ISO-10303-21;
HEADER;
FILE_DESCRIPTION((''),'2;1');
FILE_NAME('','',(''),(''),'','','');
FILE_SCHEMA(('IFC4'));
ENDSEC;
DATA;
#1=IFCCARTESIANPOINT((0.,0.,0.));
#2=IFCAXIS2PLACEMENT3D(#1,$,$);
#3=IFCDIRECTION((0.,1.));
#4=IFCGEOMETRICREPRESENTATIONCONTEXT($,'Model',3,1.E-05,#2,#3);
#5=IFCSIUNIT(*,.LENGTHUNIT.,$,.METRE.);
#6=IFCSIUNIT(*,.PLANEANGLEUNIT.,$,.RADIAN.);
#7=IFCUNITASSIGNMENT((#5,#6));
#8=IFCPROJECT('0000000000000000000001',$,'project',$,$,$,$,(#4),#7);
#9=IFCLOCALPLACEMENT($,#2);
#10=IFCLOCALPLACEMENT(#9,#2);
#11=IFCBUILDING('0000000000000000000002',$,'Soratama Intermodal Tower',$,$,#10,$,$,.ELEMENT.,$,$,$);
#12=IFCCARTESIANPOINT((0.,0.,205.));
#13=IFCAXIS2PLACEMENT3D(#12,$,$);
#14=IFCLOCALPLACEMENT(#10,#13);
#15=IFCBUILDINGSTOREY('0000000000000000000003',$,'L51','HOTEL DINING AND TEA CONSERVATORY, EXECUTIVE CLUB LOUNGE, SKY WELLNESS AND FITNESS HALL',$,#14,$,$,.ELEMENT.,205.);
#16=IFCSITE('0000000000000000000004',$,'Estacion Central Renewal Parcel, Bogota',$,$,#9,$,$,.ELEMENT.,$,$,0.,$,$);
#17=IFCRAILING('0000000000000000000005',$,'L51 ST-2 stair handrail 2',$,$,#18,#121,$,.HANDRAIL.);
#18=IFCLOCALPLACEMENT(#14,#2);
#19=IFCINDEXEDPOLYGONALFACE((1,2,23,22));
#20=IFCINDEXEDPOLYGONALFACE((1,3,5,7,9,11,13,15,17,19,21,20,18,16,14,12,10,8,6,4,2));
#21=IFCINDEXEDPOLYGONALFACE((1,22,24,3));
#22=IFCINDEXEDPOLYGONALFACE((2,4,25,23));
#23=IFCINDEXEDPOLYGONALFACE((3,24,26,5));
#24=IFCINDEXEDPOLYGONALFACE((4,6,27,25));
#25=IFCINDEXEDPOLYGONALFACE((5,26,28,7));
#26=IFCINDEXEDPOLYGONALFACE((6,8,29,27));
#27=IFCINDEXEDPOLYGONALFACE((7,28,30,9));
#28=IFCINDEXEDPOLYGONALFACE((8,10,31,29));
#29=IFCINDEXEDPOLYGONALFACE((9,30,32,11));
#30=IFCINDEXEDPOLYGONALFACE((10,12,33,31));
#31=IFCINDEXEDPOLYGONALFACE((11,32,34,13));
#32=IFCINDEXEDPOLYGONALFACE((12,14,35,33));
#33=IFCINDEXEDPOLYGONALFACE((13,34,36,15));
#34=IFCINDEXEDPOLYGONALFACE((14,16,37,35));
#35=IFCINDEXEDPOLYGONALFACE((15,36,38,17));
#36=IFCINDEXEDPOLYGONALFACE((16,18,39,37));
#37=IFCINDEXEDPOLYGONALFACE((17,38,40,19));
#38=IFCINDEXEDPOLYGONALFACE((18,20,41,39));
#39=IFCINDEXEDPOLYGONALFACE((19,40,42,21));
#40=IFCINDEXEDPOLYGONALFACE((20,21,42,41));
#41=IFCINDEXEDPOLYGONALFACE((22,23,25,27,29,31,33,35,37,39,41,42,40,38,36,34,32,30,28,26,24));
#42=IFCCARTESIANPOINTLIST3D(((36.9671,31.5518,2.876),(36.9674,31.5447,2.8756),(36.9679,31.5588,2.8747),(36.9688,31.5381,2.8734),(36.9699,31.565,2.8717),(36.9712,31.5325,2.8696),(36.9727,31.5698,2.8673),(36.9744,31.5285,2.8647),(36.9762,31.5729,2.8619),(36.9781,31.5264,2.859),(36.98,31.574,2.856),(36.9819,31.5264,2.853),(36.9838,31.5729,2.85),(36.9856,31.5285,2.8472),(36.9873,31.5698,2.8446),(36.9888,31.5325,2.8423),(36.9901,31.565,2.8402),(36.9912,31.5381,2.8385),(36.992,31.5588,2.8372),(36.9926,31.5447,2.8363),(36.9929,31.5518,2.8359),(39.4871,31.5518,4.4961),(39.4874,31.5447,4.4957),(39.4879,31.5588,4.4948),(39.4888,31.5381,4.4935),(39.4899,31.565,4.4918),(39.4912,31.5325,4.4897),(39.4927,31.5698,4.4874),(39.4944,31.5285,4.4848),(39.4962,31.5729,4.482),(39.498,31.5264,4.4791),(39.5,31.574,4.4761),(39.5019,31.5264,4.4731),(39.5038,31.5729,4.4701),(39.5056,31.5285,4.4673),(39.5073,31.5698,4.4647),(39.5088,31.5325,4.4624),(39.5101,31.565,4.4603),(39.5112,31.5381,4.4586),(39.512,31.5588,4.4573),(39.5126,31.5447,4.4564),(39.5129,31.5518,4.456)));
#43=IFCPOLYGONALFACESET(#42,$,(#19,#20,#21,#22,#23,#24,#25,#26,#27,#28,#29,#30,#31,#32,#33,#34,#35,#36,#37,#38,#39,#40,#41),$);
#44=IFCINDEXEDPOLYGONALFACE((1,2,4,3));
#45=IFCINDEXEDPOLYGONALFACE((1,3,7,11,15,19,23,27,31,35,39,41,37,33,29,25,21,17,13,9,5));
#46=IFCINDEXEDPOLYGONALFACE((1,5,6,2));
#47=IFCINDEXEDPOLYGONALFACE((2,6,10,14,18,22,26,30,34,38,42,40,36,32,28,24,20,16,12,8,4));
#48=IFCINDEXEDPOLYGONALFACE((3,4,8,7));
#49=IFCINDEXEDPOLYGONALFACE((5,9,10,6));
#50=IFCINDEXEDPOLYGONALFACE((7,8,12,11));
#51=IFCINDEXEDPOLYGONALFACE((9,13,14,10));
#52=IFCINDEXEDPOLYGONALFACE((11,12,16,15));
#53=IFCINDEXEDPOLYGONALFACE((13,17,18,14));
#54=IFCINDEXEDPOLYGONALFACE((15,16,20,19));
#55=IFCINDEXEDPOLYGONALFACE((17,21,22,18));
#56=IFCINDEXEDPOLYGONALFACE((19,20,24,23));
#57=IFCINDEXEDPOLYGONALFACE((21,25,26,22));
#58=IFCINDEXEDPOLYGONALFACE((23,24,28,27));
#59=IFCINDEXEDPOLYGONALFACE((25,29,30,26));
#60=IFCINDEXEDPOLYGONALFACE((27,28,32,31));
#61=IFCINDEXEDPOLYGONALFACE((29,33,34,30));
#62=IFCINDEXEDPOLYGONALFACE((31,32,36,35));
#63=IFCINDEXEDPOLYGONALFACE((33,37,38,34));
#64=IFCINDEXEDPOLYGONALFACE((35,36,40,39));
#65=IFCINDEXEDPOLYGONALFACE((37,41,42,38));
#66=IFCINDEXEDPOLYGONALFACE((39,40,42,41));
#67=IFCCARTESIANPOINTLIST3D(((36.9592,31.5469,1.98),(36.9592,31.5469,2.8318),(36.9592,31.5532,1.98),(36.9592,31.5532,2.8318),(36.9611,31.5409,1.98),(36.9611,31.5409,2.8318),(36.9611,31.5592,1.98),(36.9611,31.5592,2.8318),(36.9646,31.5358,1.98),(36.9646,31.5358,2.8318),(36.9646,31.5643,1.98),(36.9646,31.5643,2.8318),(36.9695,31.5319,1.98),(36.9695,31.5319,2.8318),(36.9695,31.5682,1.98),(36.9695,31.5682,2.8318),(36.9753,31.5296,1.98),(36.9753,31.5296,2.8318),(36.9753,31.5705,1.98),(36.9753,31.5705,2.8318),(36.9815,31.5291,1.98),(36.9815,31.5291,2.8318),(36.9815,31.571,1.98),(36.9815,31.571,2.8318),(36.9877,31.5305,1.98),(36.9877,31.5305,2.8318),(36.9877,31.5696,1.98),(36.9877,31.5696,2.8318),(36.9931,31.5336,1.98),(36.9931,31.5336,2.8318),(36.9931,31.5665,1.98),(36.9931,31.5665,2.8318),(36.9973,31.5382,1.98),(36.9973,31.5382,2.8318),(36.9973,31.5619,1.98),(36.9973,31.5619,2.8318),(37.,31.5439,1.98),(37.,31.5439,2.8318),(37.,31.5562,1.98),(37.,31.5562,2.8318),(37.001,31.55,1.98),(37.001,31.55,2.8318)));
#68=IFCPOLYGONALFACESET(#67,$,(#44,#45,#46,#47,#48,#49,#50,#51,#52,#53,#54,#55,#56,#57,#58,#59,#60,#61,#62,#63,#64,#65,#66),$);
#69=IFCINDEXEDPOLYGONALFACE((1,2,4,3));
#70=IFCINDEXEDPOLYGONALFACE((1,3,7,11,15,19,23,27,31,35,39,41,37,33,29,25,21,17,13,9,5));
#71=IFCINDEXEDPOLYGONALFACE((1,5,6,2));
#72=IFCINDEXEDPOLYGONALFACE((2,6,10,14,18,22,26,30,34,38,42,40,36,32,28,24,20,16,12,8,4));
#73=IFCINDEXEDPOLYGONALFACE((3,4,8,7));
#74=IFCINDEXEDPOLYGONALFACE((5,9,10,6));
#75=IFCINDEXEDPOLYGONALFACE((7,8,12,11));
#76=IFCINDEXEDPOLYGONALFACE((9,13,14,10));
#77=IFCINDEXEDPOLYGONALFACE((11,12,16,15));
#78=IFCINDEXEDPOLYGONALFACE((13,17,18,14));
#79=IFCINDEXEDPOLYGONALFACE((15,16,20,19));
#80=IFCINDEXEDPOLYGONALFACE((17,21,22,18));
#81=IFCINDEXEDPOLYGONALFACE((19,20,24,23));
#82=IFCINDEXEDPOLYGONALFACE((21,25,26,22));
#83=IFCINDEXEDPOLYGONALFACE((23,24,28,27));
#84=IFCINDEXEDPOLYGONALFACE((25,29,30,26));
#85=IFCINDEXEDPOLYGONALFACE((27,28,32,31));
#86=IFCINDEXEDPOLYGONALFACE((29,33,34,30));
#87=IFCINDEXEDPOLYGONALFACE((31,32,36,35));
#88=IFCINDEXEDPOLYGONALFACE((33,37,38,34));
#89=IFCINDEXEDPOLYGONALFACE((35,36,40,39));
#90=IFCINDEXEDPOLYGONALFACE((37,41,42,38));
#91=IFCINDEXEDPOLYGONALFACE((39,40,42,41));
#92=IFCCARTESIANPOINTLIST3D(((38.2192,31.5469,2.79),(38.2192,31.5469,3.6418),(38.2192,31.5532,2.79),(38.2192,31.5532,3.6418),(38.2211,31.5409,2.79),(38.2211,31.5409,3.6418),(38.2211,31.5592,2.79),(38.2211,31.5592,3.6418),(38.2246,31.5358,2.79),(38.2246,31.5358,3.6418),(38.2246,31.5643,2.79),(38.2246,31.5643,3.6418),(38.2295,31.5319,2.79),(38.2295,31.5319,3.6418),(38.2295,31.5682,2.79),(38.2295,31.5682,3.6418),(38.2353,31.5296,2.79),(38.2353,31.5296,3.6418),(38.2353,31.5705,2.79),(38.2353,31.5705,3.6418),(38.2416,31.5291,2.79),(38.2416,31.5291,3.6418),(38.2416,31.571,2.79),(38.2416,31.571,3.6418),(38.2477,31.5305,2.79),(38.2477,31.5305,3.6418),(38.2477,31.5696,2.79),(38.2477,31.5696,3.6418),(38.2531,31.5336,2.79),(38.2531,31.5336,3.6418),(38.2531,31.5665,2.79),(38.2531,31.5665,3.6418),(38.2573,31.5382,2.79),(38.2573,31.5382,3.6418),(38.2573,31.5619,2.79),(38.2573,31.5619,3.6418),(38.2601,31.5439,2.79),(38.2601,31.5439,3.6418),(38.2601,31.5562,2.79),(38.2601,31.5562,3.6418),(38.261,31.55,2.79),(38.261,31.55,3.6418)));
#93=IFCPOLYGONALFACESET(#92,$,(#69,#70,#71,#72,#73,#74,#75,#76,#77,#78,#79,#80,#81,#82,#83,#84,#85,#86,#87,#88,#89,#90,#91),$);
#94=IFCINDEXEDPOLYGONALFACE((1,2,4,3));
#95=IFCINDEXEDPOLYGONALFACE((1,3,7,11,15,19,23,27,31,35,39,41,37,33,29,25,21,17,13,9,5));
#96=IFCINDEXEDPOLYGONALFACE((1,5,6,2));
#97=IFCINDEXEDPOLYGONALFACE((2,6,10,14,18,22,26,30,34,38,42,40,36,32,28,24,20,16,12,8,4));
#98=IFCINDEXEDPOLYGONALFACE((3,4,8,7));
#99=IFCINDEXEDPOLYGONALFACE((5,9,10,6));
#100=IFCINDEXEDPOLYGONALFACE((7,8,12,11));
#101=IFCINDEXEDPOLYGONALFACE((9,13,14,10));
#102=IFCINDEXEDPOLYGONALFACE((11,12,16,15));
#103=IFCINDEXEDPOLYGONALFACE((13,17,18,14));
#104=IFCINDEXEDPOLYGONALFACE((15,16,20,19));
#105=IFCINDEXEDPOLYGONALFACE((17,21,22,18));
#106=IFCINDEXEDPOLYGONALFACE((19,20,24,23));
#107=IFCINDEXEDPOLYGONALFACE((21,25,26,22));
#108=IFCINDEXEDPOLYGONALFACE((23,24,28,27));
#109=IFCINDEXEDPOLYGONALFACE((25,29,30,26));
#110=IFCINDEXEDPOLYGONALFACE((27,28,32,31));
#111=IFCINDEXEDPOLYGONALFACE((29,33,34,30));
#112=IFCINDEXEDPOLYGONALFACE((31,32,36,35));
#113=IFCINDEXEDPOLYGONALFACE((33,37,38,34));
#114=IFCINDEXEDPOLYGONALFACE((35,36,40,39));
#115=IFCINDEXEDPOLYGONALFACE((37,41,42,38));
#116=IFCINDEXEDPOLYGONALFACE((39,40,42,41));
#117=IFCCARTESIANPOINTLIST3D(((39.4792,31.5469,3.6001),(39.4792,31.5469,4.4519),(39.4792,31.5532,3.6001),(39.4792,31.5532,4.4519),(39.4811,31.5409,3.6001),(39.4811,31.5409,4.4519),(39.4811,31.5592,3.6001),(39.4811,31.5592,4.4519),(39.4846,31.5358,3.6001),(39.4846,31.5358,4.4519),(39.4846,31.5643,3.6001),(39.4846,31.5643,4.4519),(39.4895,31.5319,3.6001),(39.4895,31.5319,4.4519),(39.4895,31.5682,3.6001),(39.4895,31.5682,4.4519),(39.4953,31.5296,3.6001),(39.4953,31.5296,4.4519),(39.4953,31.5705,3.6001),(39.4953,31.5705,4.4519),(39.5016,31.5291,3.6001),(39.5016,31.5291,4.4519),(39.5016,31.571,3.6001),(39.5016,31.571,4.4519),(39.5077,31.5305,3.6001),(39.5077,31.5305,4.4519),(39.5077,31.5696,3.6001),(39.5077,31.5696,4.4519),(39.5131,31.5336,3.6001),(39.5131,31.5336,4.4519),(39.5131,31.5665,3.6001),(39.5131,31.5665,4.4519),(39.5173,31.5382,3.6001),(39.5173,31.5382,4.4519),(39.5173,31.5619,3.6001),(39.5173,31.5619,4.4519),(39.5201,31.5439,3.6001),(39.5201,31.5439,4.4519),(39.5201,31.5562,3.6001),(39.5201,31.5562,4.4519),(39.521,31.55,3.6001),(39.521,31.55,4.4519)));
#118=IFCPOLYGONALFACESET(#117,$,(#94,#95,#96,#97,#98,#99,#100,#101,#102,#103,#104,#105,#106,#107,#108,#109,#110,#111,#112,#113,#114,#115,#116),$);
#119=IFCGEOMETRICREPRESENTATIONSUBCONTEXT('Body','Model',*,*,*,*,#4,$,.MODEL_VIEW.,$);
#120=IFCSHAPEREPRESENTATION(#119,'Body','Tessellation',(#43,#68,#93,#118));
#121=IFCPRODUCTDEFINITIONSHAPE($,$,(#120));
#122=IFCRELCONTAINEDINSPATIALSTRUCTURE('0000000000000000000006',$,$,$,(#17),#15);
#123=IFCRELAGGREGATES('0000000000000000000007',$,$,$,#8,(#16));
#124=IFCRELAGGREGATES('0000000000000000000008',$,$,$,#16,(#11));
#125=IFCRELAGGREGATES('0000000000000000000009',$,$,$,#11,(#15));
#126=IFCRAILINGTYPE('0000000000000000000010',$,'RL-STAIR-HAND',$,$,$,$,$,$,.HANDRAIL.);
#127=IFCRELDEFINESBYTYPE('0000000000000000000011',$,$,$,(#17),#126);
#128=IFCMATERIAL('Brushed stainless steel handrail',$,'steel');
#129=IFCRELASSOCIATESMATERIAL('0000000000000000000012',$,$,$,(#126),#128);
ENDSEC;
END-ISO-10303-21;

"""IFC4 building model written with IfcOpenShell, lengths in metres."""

from ifc_helpers import new_model, si_unit, direction, frame, origin, origin_2d, place, context, subcontext, project, spatial, circle, extrude, material, type_object, element, save


model = new_model("IFC4")

# Units and contexts
model_context = context("Model", 3, precision=1e-05, world=origin(), true_north=direction((0.0, 1.0)))
body_context = subcontext(model_context, "Body", "Model", "MODEL_VIEW")
ifc_project = project(units=[si_unit("LENGTHUNIT", "METRE"), si_unit("PLANEANGLEUNIT", "RADIAN")], contexts=[model_context])

# Site, building, storey
site_placement = place(None, origin())
site = spatial("IfcSite", under=ifc_project, at=site_placement, Name="Estacion Central Renewal Parcel, Bogota", CompositionType="ELEMENT", RefElevation=0.0)
building_placement = place(site_placement, origin())
building = spatial("IfcBuilding", under=site, at=building_placement, Name="Soratama Intermodal Tower", CompositionType="ELEMENT")
storey_placement = place(building_placement, frame((0.0, 0.0, 205.0)))
storey = spatial("IfcBuildingStorey", under=building, at=storey_placement, Name="L51", Description="HOTEL DINING AND TEA CONSERVATORY, EXECUTIVE CLUB LOUNGE, SKY WELLNESS AND FITNESS HALL", CompositionType="ELEMENT", Elevation=205.0)

# Railing
ifc_material_1 = material(Name="Brushed stainless steel handrail", Category="steel")
railing_type_1 = type_object("IfcRailingType", Name="RL-STAIR-HAND", PredefinedType="HANDRAIL", material=ifc_material_1)
railing_1_placement = place(storey_placement, frame((36.98, 31.55, 1.98)))
element("IfcRailing", 1, at=railing_1_placement, inside=storey, type_object=railing_type_1, Name="L51 ST-2 stair handrail 2", PredefinedType="HANDRAIL", context=body_context, shape_type="SweptSolid", body=[
    extrude(circle(Radius=0.0239, at=origin_2d()), frame((0.0, 0.0, 0.876), z_axis=(0.841163, 0.0, 0.540782), x_axis=(0.0, 1.0, 0.0)), (0.0, 0.0, 1.0), 2.9958),
    extrude(circle(Radius=0.021, at=origin_2d()), origin(), (0.0, 0.0, 1.0), 0.8518),
    extrude(circle(Radius=0.021, at=origin_2d()), frame((1.26, 0.0, 0.8101)), (0.0, 0.0, 1.0), 0.8518),
    extrude(circle(Radius=0.021, at=origin_2d()), frame((2.52, 0.0, 1.6201)), (0.0, 0.0, 1.0), 0.8518),
])

save(model, "model.ifc")
